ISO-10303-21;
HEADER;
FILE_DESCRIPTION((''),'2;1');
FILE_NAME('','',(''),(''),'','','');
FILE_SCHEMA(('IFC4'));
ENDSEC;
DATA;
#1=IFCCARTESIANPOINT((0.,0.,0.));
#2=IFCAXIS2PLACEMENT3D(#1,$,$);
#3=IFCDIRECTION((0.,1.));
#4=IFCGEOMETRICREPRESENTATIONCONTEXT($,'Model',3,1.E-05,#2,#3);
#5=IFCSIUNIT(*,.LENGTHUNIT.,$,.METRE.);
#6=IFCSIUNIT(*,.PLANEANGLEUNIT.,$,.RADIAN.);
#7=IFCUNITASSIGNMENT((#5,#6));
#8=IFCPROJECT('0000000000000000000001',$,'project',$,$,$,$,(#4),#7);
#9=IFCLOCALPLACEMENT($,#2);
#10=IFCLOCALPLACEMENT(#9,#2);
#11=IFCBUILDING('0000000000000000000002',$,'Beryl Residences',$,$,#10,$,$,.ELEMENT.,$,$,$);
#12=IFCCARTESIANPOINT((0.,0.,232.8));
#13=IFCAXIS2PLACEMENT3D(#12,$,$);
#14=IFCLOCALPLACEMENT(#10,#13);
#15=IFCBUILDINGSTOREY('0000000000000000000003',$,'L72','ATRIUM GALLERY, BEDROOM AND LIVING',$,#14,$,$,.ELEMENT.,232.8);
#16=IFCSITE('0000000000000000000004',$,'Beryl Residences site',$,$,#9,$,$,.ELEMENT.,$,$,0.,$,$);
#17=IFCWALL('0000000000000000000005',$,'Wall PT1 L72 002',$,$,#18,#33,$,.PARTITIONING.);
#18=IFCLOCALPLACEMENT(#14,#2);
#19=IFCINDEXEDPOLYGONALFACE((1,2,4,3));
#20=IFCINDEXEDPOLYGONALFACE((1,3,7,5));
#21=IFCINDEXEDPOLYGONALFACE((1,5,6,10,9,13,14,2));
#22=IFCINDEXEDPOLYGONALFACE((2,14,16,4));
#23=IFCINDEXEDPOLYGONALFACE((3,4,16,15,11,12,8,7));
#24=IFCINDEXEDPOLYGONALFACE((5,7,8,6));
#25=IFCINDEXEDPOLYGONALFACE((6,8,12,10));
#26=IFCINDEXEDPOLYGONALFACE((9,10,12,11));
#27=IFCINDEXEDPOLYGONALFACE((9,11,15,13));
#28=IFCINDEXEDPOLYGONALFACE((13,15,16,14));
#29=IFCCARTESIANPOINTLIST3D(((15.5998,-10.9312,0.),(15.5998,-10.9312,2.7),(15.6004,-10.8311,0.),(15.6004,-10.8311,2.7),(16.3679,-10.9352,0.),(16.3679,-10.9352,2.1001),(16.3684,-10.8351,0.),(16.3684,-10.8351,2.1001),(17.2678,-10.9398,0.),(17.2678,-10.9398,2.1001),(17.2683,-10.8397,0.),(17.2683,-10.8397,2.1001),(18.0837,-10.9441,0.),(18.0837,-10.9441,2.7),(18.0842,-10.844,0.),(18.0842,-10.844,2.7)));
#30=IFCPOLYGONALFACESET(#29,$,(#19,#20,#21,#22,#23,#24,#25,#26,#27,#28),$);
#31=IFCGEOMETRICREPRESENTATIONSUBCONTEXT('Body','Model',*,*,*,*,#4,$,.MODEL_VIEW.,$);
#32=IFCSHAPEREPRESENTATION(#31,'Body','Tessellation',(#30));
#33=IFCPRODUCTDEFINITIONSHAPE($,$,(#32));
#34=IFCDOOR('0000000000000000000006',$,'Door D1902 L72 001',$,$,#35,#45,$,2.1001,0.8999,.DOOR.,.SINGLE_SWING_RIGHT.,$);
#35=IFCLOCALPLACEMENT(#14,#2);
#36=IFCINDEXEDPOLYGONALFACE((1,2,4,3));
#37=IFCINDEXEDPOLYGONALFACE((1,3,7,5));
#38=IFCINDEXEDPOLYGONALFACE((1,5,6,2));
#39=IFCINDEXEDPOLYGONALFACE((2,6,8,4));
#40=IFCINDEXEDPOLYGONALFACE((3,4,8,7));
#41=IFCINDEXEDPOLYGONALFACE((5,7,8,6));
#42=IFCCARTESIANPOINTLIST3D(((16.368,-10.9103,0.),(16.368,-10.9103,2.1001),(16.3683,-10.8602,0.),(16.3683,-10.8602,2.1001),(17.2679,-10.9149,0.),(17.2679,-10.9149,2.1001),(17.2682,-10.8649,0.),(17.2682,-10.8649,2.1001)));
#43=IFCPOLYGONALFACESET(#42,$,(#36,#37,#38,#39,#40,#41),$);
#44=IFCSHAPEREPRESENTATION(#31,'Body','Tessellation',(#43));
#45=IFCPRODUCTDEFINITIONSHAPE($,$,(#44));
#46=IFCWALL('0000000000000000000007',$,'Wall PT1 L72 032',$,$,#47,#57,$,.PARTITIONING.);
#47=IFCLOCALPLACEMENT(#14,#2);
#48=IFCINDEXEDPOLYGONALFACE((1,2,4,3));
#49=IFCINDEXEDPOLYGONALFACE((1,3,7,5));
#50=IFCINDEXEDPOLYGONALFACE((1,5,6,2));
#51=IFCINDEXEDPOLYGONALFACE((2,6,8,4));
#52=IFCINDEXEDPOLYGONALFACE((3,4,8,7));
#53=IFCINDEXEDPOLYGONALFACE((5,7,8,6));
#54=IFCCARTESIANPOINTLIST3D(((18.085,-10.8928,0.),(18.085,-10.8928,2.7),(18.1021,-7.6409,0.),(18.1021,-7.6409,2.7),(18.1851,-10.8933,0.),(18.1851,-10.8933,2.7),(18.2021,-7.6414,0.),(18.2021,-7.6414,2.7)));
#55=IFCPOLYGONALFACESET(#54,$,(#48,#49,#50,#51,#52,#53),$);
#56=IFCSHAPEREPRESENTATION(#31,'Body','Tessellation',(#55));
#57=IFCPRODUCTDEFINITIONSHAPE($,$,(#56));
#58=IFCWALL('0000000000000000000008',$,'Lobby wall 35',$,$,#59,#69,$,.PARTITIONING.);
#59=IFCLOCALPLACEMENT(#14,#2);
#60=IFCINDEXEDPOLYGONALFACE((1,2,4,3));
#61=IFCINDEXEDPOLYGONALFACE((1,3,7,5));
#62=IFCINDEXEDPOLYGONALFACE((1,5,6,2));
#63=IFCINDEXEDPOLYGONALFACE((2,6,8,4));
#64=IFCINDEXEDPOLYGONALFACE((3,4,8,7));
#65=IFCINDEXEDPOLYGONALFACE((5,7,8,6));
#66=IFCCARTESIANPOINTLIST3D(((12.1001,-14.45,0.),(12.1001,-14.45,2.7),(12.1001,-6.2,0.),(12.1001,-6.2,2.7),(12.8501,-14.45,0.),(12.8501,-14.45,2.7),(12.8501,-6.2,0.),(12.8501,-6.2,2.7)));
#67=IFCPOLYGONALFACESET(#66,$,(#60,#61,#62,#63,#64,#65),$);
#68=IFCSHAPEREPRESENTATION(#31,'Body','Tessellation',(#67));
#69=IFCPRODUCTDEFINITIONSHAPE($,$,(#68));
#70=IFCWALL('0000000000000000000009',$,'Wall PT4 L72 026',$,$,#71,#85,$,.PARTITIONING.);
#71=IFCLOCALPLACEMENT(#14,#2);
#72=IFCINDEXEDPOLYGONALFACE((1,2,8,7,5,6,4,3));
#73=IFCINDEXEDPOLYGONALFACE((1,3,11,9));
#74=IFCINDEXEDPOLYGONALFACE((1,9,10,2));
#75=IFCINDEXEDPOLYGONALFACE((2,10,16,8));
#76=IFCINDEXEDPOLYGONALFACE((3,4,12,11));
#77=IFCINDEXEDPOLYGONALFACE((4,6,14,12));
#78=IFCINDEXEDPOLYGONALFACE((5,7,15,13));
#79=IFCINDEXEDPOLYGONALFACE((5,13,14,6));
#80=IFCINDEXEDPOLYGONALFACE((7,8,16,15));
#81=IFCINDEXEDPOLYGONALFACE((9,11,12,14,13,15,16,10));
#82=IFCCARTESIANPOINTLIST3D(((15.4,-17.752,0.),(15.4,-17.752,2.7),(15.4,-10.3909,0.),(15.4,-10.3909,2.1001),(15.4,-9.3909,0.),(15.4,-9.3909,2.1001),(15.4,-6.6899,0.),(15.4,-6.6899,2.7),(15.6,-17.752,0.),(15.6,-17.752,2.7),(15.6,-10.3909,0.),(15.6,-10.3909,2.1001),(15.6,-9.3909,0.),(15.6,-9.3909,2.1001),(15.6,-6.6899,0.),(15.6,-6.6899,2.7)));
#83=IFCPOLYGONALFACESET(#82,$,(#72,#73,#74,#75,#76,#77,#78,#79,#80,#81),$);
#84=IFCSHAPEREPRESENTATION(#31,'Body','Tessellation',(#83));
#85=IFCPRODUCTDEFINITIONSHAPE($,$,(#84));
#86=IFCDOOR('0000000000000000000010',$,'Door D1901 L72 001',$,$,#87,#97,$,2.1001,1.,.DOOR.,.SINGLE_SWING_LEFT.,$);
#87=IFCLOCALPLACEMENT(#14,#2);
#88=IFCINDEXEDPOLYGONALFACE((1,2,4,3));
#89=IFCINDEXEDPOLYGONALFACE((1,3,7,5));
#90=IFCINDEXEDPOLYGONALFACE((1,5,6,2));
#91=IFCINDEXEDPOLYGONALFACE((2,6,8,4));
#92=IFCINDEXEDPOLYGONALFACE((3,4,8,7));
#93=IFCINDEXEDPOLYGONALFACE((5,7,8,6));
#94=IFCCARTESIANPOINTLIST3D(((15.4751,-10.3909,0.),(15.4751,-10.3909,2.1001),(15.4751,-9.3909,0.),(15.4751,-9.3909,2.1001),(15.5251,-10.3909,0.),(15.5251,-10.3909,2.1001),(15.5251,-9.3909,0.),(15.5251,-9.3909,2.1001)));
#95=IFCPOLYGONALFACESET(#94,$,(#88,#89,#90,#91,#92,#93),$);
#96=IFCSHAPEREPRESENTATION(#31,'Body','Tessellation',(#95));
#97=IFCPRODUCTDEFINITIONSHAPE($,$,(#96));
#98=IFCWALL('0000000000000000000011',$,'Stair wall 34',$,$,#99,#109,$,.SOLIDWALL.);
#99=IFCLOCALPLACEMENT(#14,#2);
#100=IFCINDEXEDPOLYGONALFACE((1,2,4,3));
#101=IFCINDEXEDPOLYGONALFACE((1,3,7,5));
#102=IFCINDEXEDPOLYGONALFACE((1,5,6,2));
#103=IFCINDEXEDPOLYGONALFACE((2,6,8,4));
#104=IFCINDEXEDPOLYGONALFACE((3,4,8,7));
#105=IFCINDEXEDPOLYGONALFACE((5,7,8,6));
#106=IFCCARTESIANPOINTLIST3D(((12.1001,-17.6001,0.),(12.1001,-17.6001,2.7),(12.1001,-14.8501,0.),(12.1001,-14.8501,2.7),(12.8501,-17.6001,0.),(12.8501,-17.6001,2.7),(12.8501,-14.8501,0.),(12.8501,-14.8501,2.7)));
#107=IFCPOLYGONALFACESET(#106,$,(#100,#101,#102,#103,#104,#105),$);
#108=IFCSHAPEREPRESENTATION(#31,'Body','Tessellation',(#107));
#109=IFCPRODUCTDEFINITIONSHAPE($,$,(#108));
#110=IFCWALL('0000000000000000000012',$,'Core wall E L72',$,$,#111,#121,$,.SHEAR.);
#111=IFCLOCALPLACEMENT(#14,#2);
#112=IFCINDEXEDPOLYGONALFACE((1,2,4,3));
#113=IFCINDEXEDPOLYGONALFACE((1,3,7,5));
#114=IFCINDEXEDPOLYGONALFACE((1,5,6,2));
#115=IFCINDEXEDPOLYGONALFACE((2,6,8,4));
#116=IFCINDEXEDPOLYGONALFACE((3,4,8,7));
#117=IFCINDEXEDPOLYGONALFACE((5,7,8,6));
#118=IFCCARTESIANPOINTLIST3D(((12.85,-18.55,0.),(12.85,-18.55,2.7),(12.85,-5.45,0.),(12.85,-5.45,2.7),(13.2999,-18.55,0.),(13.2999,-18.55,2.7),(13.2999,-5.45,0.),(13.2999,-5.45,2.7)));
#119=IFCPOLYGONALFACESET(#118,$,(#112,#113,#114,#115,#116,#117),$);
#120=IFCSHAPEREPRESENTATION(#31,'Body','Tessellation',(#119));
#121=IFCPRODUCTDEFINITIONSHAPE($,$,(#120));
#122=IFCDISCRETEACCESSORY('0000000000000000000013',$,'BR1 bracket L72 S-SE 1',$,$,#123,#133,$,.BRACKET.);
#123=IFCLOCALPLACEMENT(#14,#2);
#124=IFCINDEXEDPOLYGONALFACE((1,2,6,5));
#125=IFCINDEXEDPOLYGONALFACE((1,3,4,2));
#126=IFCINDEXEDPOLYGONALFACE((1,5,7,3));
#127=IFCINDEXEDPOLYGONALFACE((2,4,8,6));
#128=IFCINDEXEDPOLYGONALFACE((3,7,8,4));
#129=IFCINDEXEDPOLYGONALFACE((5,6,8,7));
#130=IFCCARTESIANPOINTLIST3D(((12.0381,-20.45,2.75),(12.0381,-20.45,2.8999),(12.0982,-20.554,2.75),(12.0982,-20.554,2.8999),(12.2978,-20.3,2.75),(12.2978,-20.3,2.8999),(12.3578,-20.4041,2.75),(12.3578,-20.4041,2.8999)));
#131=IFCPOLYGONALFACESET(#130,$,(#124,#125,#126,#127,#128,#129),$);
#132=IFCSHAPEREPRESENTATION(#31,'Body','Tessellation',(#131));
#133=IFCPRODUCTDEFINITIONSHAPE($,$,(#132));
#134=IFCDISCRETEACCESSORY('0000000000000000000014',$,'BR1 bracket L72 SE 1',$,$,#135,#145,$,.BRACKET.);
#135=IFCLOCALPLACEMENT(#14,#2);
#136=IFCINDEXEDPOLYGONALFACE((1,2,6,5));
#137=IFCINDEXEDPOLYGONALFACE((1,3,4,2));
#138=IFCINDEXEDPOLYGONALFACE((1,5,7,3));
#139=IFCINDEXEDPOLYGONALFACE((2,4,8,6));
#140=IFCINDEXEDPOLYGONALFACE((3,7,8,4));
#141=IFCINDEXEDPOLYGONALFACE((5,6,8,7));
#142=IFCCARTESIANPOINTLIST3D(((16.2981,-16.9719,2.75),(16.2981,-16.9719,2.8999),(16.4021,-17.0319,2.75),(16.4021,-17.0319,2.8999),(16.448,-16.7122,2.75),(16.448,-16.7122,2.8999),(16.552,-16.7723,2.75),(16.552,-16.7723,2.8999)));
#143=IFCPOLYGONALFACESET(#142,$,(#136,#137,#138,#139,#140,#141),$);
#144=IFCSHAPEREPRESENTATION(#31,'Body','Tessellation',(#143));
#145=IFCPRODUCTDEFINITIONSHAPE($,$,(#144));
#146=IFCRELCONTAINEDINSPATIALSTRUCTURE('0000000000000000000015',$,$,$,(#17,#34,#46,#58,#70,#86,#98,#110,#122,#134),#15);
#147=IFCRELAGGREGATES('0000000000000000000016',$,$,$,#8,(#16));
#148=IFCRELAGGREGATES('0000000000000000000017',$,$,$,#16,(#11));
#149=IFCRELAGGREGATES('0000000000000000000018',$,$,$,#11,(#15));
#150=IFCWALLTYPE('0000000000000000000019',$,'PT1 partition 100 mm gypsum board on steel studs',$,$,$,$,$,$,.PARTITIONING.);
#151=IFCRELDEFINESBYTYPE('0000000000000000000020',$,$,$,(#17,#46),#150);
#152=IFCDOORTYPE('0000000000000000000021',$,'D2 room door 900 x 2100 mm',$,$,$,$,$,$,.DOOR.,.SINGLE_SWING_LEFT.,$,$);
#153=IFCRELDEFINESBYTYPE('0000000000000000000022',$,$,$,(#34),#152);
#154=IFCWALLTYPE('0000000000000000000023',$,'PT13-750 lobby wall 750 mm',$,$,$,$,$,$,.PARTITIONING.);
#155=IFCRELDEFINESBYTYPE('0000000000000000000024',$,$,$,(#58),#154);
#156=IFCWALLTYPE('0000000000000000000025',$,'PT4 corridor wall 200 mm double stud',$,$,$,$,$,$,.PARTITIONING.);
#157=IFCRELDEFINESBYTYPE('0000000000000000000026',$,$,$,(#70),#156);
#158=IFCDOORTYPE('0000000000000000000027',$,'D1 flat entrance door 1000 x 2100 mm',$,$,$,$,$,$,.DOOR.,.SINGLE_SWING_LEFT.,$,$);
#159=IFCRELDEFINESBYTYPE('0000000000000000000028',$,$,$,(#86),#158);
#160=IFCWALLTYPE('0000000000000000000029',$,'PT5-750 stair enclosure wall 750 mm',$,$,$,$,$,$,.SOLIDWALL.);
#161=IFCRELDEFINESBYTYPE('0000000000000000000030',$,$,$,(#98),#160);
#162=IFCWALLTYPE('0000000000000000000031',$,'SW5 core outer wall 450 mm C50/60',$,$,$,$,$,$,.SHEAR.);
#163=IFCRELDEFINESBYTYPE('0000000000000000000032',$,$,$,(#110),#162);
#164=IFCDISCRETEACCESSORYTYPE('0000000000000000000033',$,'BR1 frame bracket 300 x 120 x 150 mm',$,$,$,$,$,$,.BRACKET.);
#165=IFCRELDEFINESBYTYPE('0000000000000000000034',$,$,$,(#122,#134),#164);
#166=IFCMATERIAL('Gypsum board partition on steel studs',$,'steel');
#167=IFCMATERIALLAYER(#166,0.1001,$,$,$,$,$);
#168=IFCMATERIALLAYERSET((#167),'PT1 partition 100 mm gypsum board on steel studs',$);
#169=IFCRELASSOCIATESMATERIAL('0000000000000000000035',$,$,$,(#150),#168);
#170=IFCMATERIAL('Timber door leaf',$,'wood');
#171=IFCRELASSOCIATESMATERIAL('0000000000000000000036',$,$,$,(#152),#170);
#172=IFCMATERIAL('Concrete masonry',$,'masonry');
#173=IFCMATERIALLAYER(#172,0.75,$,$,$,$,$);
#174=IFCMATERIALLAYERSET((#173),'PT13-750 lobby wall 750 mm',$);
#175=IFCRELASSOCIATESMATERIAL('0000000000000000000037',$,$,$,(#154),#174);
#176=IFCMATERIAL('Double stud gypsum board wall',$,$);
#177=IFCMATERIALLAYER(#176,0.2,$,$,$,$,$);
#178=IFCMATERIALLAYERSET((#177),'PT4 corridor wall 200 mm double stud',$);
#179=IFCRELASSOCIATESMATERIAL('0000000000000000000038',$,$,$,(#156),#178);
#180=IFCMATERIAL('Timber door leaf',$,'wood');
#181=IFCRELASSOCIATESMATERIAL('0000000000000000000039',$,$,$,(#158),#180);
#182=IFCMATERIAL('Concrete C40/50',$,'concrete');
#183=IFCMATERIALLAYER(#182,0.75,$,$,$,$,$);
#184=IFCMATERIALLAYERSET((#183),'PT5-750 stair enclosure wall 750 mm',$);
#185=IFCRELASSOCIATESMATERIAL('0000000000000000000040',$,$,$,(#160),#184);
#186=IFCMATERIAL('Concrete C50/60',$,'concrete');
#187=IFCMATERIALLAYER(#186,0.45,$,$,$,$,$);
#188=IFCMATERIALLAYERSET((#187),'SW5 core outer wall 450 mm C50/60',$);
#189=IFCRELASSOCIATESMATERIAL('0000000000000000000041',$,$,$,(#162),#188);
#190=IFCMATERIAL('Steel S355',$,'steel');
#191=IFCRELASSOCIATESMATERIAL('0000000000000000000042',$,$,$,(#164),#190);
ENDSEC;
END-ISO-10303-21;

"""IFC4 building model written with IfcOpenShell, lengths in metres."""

from ifc_helpers import new_model, si_unit, direction, frame, frame_2d, origin, place, context, subcontext, project, spatial, polyline, rectangle, outline, extrude, source, transform, mapped, material, layer, layer_set, type_object, type_shapes, element, fill, save


model = new_model("IFC4")

# Units and contexts
model_context = context("Model", 3, precision=1e-05, world=origin(), true_north=direction((0.0, 1.0)))
body_context = subcontext(model_context, "Body", "Model", "MODEL_VIEW")
ifc_project = project(units=[si_unit("LENGTHUNIT", "METRE"), si_unit("PLANEANGLEUNIT", "RADIAN")], contexts=[model_context])

# Site, building, storey
site_placement = place(None, origin())
site = spatial("IfcSite", under=ifc_project, at=site_placement, Name="Beryl Residences site", CompositionType="ELEMENT", RefElevation=0.0)
building_placement = place(site_placement, origin())
building = spatial("IfcBuilding", under=site, at=building_placement, Name="Beryl Residences", CompositionType="ELEMENT")
storey_placement = place(building_placement, frame((0.0, 0.0, 232.8)))
storey = spatial("IfcBuildingStorey", under=building, at=storey_placement, Name="L72", Description="ATRIUM GALLERY, BEDROOM AND LIVING", CompositionType="ELEMENT", Elevation=232.8)

# Wall, opening, door
ifc_material_1 = material(Name="Gypsum board partition on steel studs", Category="steel")
ifc_layer_1 = layer(ifc_material_1, 0.1001)
ifc_layer_set_1 = layer_set([ifc_layer_1], Name="PT1 partition 100 mm gypsum board on steel studs")
wall_type_1 = type_object("IfcWallType", Name="PT1 partition 100 mm gypsum board on steel studs", PredefinedType="PARTITIONING", material=ifc_layer_set_1)
wall_1_placement = place(storey_placement, frame((15.6001, -10.8811, 0.0), z_axis=(0.0, 0.0, 1.0), x_axis=(0.999986, -0.005209, 0.0)))
wall_1 = element("IfcWall", 1, at=wall_1_placement, inside=storey, type_object=wall_type_1, Name="Wall PT1 L72 002", PredefinedType="PARTITIONING", context=body_context, shape_type="SweptSolid", body=[
    extrude(rectangle(XDim=2.4839, YDim=0.1001, at=frame_2d((1.2419, 0.0))), origin(), (0.0, 0.0, 1.0), 2.7),
])
opening_1_placement = place(wall_1_placement, frame((0.7681, 0.0, 0.0)))
opening_1 = element("IfcOpeningElement", 2, at=opening_1_placement, cuts=wall_1, PredefinedType="OPENING", context=body_context, shape_type="SweptSolid", body=[
    extrude(rectangle(XDim=0.8999, YDim=2.1001, at=frame_2d((0.45, 1.05))), frame((0.0, 0.0601, 0.0), z_axis=(0.0, -1.0, 0.0), x_axis=(1.0, 0.0, 0.0)), (0.0, 0.0, 1.0), 0.1201),
])
ifc_material_2 = material(Name="Timber door leaf", Category="wood")
door_type_1 = type_object("IfcDoorType", Name="D2 room door 900 x 2100 mm", OperationType="SINGLE_SWING_LEFT", PredefinedType="DOOR", material=ifc_material_2)
door_1_placement = place(opening_1_placement, origin())
door_1 = element("IfcDoor", 3, at=door_1_placement, inside=storey, type_object=door_type_1, Name="Door D1902 L72 001", OperationType="SINGLE_SWING_RIGHT", OverallHeight=2.1001, OverallWidth=0.8999, PredefinedType="DOOR", context=body_context, shape_type="SweptSolid", body=[
    extrude(rectangle(XDim=0.8999, YDim=2.1001, at=frame_2d((0.45, 1.05))), frame((0.0, 0.0249, 0.0), z_axis=(0.0, -1.0, 0.0), x_axis=(1.0, 0.0, 0.0)), (0.0, 0.0, 1.0), 0.05),
])
fill(opening_1, door_1)

# Walls
wall_2_placement = place(storey_placement, frame((18.135, -10.8931, 0.0), z_axis=(0.0, 0.0, 1.0), x_axis=(0.005255, 0.999986, 0.0)))
element("IfcWall", 4, at=wall_2_placement, inside=storey, type_object=wall_type_1, Name="Wall PT1 L72 032", PredefinedType="PARTITIONING", context=body_context, shape_type="SweptSolid", body=[
    extrude(rectangle(XDim=3.252, YDim=0.1001, at=frame_2d((1.626, 0.0))), origin(), (0.0, 0.0, 1.0), 2.7),
])
ifc_material_3 = material(Name="Concrete masonry", Category="masonry")
ifc_layer_2 = layer(ifc_material_3, 0.75)
ifc_layer_set_2 = layer_set([ifc_layer_2], Name="PT13-750 lobby wall 750 mm")
wall_type_2 = type_object("IfcWallType", Name="PT13-750 lobby wall 750 mm", PredefinedType="PARTITIONING", material=ifc_layer_set_2)
wall_3_placement = place(storey_placement, frame((12.4751, -14.45, 0.0), z_axis=(0.0, 0.0, 1.0), x_axis=(0.0, 1.0, 0.0)))
element("IfcWall", 5, at=wall_3_placement, inside=storey, type_object=wall_type_2, Name="Lobby wall 35", PredefinedType="PARTITIONING", context=body_context, shape_type="SweptSolid", body=[
    extrude(rectangle(XDim=8.25, YDim=0.75, at=frame_2d((4.125, 0.0))), origin(), (0.0, 0.0, 1.0), 2.7),
])

# Wall, opening, door
ifc_material_4 = material(Name="Double stud gypsum board wall")
ifc_layer_3 = layer(ifc_material_4, 0.2)
ifc_layer_set_3 = layer_set([ifc_layer_3], Name="PT4 corridor wall 200 mm double stud")
wall_type_3 = type_object("IfcWallType", Name="PT4 corridor wall 200 mm double stud", PredefinedType="PARTITIONING", material=ifc_layer_set_3)
wall_4_placement = place(storey_placement, frame((15.5, -17.752, 0.0), z_axis=(0.0, 0.0, 1.0), x_axis=(0.0, 1.0, 0.0)))
wall_4 = element("IfcWall", 6, at=wall_4_placement, inside=storey, type_object=wall_type_3, Name="Wall PT4 L72 026", PredefinedType="PARTITIONING", context=body_context, shape_type="SweptSolid", body=[
    extrude(rectangle(XDim=11.062, YDim=0.2, at=frame_2d((5.531, 0.0))), origin(), (0.0, 0.0, 1.0), 2.7),
])
opening_2_placement = place(wall_4_placement, frame((7.3611, 0.0, 0.0)))
opening_2 = element("IfcOpeningElement", 7, at=opening_2_placement, cuts=wall_4, PredefinedType="OPENING", context=body_context, shape_type="SweptSolid", body=[
    extrude(rectangle(XDim=1.0, YDim=2.1001, at=frame_2d((0.5, 1.05))), frame((0.0, 0.1099, 0.0), z_axis=(0.0, -1.0, 0.0), x_axis=(1.0, 0.0, 0.0)), (0.0, 0.0, 1.0), 0.22),
])
ifc_material_5 = material(Name="Timber door leaf", Category="wood")
door_type_2 = type_object("IfcDoorType", Name="D1 flat entrance door 1000 x 2100 mm", OperationType="SINGLE_SWING_LEFT", PredefinedType="DOOR", material=ifc_material_5)
door_2_placement = place(opening_2_placement, origin())
door_2 = element("IfcDoor", 8, at=door_2_placement, inside=storey, type_object=door_type_2, Name="Door D1901 L72 001", OperationType="SINGLE_SWING_LEFT", OverallHeight=2.1001, OverallWidth=1.0, PredefinedType="DOOR", context=body_context, shape_type="SweptSolid", body=[
    extrude(rectangle(XDim=1.0, YDim=2.1001, at=frame_2d((0.5, 1.05))), frame((0.0, 0.0249, 0.0), z_axis=(0.0, -1.0, 0.0), x_axis=(1.0, 0.0, 0.0)), (0.0, 0.0, 1.0), 0.05),
])
fill(opening_2, door_2)

# Walls
ifc_material_6 = material(Name="Concrete C40/50", Category="concrete")
ifc_layer_4 = layer(ifc_material_6, 0.75)
ifc_layer_set_4 = layer_set([ifc_layer_4], Name="PT5-750 stair enclosure wall 750 mm")
wall_type_4 = type_object("IfcWallType", Name="PT5-750 stair enclosure wall 750 mm", PredefinedType="SOLIDWALL", material=ifc_layer_set_4)
wall_5_placement = place(storey_placement, frame((12.4751, -17.6001, 0.0), z_axis=(0.0, 0.0, 1.0), x_axis=(0.0, 1.0, 0.0)))
element("IfcWall", 9, at=wall_5_placement, inside=storey, type_object=wall_type_4, Name="Stair wall 34", PredefinedType="SOLIDWALL", context=body_context, shape_type="SweptSolid", body=[
    extrude(rectangle(XDim=2.75, YDim=0.75, at=frame_2d((1.375, 0.0))), origin(), (0.0, 0.0, 1.0), 2.7),
])
ifc_material_7 = material(Name="Concrete C50/60", Category="concrete")
ifc_layer_5 = layer(ifc_material_7, 0.45)
ifc_layer_set_5 = layer_set([ifc_layer_5], Name="SW5 core outer wall 450 mm C50/60")
wall_type_5 = type_object("IfcWallType", Name="SW5 core outer wall 450 mm C50/60", PredefinedType="SHEAR", material=ifc_layer_set_5)
wall_6_placement = place(storey_placement, frame((13.075, -18.55, 0.0), z_axis=(0.0, 0.0, 1.0), x_axis=(0.0, 1.0, 0.0)))
element("IfcWall", 10, at=wall_6_placement, inside=storey, type_object=wall_type_5, Name="Core wall E L72", PredefinedType="SHEAR", context=body_context, shape_type="SweptSolid", body=[
    extrude(rectangle(XDim=13.1001, YDim=0.45, at=frame_2d((6.55, 0.0))), origin(), (0.0, 0.0, 1.0), 2.7),
])

# Discrete accessories
ifc_material_8 = material(Name="Steel S355", Category="steel")
discrete_accessory_type = type_object("IfcDiscreteAccessoryType", Name="BR1 frame bracket 300 x 120 x 150 mm", PredefinedType="BRACKET", material=ifc_material_8)
shared_shape_1 = source(origin(), body_context, "Body", "SweptSolid", [
    extrude(outline(polyline([(-0.1499, 0.0), (0.1499, 0.0), (0.1499, 0.1201), (-0.1499, 0.1201), (-0.1499, 0.0)])), origin(), (0.0, 0.0, 1.0), 0.1499),
])
type_shapes(discrete_accessory_type, [shared_shape_1])
for number, where, z_axis, x_axis, name in (
    (11, (12.168, -20.375, 2.75), (0.0, 0.0, 1.0), (-0.866025, -0.5, 0.0), "BR1 bracket L72 S-SE 1"),
    (12, (16.373, -16.842, 2.75), (0.0, 0.0, 1.0), (-0.5, -0.866025, 0.0), "BR1 bracket L72 SE 1"),
):
    element("IfcDiscreteAccessory", number, at=place(storey_placement, frame(where, z_axis=z_axis, x_axis=x_axis)), inside=storey, type_object=discrete_accessory_type, Name=name, PredefinedType="BRACKET", context=body_context, shape_type="MappedRepresentation", body=[
        mapped(shared_shape_1, transform((0.0, 0.0, 0.0))),
    ])

save(model, "model.ifc")
